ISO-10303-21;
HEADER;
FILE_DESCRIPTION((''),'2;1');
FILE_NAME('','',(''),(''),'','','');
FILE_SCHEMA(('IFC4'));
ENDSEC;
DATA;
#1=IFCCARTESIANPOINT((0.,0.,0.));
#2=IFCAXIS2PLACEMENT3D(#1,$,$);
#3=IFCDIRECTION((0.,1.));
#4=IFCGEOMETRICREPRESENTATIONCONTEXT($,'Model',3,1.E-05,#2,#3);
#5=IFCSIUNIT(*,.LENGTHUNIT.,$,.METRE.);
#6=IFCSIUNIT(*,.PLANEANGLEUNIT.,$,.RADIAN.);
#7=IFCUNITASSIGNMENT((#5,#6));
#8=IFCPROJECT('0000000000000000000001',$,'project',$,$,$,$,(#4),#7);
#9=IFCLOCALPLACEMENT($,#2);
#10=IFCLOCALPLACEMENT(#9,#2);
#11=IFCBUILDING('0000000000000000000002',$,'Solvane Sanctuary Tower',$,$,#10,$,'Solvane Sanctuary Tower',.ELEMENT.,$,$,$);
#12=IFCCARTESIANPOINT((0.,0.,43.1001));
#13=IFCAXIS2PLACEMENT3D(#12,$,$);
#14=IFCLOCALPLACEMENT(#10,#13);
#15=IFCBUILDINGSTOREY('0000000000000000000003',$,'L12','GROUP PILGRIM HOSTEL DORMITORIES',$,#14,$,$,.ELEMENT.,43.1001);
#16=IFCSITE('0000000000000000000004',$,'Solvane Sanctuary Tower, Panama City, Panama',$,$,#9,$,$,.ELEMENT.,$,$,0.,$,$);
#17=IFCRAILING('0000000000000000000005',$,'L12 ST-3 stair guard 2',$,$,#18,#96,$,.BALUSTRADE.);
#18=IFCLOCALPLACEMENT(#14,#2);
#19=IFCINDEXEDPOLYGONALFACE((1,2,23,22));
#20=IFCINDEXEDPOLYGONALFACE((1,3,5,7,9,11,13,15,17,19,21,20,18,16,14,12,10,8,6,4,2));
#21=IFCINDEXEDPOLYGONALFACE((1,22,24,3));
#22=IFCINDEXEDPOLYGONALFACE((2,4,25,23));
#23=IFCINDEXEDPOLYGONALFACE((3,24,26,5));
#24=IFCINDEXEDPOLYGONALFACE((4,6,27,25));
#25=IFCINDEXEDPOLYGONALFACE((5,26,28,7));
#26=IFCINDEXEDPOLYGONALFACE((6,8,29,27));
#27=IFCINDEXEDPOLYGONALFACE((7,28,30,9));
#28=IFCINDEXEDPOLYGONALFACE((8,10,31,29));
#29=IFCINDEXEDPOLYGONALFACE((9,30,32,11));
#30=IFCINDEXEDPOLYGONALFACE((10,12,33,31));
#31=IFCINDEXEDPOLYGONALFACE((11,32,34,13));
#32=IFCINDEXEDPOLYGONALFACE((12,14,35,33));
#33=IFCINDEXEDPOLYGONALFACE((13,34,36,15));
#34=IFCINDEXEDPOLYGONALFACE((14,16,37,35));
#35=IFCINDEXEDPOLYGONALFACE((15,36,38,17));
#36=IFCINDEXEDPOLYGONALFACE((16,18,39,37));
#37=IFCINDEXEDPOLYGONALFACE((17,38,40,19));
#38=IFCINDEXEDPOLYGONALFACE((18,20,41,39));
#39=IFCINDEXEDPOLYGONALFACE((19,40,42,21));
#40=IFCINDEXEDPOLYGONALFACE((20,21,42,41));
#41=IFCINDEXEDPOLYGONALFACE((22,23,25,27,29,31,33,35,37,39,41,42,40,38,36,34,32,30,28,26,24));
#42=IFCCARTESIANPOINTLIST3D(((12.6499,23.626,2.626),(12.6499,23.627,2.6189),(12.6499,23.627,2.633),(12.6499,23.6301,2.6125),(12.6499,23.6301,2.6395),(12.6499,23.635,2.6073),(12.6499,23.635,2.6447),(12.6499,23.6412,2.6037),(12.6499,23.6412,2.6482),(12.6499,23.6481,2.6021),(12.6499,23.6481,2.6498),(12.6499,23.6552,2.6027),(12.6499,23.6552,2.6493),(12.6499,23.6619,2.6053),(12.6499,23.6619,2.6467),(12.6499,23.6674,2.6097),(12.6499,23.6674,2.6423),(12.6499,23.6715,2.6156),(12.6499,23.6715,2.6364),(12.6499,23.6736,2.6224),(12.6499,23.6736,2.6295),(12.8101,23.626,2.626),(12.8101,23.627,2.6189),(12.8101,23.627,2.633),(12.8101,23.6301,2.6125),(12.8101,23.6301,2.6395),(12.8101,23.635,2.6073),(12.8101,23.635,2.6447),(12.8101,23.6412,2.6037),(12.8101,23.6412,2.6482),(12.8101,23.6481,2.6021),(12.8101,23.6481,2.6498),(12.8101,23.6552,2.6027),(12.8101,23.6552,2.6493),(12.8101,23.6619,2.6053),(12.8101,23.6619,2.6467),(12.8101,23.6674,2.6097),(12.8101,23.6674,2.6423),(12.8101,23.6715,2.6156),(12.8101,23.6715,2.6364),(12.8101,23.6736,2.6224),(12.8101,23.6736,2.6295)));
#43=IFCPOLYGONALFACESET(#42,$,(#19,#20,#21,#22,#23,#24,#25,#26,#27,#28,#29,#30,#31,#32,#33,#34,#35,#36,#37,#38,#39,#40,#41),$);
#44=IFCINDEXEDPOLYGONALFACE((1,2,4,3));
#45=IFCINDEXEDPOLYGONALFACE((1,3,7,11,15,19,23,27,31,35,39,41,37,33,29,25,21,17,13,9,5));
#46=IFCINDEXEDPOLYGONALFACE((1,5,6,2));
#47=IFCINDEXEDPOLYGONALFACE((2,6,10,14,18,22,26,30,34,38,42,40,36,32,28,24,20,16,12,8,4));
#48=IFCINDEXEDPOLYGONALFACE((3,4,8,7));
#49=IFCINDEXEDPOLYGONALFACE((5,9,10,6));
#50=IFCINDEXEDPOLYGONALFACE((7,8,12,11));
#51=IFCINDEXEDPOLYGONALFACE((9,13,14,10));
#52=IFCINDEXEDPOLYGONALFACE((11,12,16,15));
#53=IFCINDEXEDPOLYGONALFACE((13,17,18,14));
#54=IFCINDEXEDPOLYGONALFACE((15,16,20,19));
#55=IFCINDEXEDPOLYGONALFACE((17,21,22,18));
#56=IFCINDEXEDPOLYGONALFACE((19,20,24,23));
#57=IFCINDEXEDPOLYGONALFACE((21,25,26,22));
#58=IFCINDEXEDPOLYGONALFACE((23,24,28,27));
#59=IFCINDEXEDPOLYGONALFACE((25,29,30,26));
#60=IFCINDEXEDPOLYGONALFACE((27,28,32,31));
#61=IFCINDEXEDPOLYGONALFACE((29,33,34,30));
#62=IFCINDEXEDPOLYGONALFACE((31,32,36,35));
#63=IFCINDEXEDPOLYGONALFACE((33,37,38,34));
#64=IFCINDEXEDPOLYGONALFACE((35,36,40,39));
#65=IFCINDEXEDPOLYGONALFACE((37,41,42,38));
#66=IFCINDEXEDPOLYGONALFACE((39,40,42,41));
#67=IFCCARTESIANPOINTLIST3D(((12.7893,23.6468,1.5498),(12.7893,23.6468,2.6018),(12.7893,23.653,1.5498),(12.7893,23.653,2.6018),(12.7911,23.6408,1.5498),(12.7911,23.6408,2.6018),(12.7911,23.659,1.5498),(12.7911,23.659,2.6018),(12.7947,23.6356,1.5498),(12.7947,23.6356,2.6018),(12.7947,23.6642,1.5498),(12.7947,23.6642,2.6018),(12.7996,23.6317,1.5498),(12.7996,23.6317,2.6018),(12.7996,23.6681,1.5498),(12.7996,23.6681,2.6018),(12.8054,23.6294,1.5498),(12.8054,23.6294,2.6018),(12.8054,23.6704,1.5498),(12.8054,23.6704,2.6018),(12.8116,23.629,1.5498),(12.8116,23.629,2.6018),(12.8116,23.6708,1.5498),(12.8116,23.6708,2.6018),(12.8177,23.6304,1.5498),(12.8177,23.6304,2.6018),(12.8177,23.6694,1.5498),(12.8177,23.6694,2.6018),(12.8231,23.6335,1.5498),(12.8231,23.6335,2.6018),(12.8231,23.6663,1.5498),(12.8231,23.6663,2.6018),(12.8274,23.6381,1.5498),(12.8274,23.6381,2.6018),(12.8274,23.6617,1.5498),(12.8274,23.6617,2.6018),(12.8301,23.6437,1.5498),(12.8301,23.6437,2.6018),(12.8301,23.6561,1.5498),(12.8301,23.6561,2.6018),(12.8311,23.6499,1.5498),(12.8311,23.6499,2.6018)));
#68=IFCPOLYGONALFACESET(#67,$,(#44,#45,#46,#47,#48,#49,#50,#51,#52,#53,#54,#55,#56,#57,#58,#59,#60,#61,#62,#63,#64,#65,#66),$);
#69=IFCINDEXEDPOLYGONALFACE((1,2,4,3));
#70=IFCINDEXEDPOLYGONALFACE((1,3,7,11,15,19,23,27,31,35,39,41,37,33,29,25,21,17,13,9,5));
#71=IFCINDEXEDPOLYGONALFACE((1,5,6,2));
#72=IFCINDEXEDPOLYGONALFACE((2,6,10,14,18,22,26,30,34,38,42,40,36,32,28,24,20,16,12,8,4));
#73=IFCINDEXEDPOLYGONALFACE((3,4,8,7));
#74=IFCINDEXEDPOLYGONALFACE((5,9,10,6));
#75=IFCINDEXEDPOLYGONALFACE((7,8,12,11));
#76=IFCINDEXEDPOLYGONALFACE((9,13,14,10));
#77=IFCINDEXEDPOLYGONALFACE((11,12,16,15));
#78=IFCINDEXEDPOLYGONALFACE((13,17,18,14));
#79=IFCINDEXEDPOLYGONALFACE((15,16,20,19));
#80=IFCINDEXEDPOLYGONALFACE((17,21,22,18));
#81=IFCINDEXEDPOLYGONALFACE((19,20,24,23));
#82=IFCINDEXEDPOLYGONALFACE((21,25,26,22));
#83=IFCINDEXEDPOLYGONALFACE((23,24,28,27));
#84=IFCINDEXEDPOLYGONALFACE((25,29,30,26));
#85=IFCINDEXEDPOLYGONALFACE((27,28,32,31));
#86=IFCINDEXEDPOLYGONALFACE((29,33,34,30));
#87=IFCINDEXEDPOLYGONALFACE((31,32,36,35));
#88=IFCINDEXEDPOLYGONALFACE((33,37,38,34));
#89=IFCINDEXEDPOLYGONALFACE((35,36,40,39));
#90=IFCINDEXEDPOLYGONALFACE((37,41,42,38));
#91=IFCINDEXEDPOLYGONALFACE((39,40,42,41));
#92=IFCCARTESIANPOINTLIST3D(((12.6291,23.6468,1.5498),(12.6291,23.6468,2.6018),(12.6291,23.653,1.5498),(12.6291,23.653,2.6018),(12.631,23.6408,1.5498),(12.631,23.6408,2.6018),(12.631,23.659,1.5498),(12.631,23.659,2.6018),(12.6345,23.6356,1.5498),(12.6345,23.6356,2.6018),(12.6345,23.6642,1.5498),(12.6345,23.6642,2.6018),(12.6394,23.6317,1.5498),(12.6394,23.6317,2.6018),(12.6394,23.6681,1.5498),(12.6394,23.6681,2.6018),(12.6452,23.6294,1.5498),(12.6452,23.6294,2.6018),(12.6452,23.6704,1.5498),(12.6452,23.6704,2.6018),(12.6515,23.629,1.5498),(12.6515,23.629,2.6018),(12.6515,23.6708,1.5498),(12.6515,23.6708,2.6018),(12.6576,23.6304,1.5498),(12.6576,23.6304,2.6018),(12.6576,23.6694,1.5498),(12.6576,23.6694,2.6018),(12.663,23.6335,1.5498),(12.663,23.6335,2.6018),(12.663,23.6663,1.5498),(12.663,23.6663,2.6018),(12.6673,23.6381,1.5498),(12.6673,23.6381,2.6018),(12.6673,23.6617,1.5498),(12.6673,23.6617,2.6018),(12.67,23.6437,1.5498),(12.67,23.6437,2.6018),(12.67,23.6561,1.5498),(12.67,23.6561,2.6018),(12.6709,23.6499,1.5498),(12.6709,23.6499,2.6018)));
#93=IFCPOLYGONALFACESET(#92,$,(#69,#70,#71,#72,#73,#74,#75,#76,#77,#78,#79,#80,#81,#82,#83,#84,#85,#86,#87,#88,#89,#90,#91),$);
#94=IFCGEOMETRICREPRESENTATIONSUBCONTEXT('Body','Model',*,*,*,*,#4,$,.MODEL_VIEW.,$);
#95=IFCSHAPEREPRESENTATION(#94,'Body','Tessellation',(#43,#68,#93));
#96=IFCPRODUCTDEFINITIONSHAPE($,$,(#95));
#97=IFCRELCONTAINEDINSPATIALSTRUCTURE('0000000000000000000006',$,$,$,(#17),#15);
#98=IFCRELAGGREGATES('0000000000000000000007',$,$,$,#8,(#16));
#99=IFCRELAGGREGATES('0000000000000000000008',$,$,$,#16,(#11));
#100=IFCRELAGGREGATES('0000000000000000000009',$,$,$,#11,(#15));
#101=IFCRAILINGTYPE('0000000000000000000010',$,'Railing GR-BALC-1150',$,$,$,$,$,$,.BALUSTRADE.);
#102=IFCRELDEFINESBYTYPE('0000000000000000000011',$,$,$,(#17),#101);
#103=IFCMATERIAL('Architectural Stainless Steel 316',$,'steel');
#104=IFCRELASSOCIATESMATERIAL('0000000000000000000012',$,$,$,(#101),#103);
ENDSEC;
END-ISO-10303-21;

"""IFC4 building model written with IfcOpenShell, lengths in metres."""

from ifc_helpers import new_model, si_unit, direction, frame, origin, origin_2d, place, context, subcontext, project, spatial, circle, extrude, material, type_object, element, save


model = new_model("IFC4")

# Units and contexts
model_context = context("Model", 3, precision=1e-05, world=origin(), true_north=direction((0.0, 1.0)))
body_context = subcontext(model_context, "Body", "Model", "MODEL_VIEW")
ifc_project = project(units=[si_unit("LENGTHUNIT", "METRE"), si_unit("PLANEANGLEUNIT", "RADIAN")], contexts=[model_context])

# Site, building, storey
site_placement = place(None, origin())
site = spatial("IfcSite", under=ifc_project, at=site_placement, Name="Solvane Sanctuary Tower, Panama City, Panama", CompositionType="ELEMENT", RefElevation=0.0)
building_placement = place(site_placement, origin())
building = spatial("IfcBuilding", under=site, at=building_placement, Name="Solvane Sanctuary Tower", LongName="Solvane Sanctuary Tower", CompositionType="ELEMENT")
storey_placement = place(building_placement, frame((0.0, 0.0, 43.1001)))
storey = spatial("IfcBuildingStorey", under=building, at=storey_placement, Name="L12", Description="GROUP PILGRIM HOSTEL DORMITORIES", CompositionType="ELEMENT", Elevation=43.1001)

# Shared definitions
ifc_material_1 = material(Name="Architectural Stainless Steel 316", Category="steel")

# Railing
railing_type_1 = type_object("IfcRailingType", Name="Railing GR-BALC-1150", PredefinedType="BALUSTRADE", material=ifc_material_1)
railing_1_placement = place(storey_placement, frame((12.8101, 23.6499, 1.5498)))
element("IfcRailing", 1, at=railing_1_placement, inside=storey, type_object=railing_type_1, Name="L12 ST-3 stair guard 2", PredefinedType="BALUSTRADE", context=body_context, shape_type="SweptSolid", body=[
    extrude(circle(Radius=0.0239, at=origin_2d()), frame((0.0, 0.0, 1.0762), z_axis=(-1.0, 0.0, 0.0), x_axis=(0.0, -1.0, 0.0)), (0.0, 0.0, 1.0), 0.1602),
    extrude(circle(Radius=0.021, at=origin_2d()), origin(), (0.0, 0.0, 1.0), 1.052),
    extrude(circle(Radius=0.021, at=origin_2d()), frame((-0.1602, 0.0, 0.0)), (0.0, 0.0, 1.0), 1.052),
])

save(model, "model.ifc")
